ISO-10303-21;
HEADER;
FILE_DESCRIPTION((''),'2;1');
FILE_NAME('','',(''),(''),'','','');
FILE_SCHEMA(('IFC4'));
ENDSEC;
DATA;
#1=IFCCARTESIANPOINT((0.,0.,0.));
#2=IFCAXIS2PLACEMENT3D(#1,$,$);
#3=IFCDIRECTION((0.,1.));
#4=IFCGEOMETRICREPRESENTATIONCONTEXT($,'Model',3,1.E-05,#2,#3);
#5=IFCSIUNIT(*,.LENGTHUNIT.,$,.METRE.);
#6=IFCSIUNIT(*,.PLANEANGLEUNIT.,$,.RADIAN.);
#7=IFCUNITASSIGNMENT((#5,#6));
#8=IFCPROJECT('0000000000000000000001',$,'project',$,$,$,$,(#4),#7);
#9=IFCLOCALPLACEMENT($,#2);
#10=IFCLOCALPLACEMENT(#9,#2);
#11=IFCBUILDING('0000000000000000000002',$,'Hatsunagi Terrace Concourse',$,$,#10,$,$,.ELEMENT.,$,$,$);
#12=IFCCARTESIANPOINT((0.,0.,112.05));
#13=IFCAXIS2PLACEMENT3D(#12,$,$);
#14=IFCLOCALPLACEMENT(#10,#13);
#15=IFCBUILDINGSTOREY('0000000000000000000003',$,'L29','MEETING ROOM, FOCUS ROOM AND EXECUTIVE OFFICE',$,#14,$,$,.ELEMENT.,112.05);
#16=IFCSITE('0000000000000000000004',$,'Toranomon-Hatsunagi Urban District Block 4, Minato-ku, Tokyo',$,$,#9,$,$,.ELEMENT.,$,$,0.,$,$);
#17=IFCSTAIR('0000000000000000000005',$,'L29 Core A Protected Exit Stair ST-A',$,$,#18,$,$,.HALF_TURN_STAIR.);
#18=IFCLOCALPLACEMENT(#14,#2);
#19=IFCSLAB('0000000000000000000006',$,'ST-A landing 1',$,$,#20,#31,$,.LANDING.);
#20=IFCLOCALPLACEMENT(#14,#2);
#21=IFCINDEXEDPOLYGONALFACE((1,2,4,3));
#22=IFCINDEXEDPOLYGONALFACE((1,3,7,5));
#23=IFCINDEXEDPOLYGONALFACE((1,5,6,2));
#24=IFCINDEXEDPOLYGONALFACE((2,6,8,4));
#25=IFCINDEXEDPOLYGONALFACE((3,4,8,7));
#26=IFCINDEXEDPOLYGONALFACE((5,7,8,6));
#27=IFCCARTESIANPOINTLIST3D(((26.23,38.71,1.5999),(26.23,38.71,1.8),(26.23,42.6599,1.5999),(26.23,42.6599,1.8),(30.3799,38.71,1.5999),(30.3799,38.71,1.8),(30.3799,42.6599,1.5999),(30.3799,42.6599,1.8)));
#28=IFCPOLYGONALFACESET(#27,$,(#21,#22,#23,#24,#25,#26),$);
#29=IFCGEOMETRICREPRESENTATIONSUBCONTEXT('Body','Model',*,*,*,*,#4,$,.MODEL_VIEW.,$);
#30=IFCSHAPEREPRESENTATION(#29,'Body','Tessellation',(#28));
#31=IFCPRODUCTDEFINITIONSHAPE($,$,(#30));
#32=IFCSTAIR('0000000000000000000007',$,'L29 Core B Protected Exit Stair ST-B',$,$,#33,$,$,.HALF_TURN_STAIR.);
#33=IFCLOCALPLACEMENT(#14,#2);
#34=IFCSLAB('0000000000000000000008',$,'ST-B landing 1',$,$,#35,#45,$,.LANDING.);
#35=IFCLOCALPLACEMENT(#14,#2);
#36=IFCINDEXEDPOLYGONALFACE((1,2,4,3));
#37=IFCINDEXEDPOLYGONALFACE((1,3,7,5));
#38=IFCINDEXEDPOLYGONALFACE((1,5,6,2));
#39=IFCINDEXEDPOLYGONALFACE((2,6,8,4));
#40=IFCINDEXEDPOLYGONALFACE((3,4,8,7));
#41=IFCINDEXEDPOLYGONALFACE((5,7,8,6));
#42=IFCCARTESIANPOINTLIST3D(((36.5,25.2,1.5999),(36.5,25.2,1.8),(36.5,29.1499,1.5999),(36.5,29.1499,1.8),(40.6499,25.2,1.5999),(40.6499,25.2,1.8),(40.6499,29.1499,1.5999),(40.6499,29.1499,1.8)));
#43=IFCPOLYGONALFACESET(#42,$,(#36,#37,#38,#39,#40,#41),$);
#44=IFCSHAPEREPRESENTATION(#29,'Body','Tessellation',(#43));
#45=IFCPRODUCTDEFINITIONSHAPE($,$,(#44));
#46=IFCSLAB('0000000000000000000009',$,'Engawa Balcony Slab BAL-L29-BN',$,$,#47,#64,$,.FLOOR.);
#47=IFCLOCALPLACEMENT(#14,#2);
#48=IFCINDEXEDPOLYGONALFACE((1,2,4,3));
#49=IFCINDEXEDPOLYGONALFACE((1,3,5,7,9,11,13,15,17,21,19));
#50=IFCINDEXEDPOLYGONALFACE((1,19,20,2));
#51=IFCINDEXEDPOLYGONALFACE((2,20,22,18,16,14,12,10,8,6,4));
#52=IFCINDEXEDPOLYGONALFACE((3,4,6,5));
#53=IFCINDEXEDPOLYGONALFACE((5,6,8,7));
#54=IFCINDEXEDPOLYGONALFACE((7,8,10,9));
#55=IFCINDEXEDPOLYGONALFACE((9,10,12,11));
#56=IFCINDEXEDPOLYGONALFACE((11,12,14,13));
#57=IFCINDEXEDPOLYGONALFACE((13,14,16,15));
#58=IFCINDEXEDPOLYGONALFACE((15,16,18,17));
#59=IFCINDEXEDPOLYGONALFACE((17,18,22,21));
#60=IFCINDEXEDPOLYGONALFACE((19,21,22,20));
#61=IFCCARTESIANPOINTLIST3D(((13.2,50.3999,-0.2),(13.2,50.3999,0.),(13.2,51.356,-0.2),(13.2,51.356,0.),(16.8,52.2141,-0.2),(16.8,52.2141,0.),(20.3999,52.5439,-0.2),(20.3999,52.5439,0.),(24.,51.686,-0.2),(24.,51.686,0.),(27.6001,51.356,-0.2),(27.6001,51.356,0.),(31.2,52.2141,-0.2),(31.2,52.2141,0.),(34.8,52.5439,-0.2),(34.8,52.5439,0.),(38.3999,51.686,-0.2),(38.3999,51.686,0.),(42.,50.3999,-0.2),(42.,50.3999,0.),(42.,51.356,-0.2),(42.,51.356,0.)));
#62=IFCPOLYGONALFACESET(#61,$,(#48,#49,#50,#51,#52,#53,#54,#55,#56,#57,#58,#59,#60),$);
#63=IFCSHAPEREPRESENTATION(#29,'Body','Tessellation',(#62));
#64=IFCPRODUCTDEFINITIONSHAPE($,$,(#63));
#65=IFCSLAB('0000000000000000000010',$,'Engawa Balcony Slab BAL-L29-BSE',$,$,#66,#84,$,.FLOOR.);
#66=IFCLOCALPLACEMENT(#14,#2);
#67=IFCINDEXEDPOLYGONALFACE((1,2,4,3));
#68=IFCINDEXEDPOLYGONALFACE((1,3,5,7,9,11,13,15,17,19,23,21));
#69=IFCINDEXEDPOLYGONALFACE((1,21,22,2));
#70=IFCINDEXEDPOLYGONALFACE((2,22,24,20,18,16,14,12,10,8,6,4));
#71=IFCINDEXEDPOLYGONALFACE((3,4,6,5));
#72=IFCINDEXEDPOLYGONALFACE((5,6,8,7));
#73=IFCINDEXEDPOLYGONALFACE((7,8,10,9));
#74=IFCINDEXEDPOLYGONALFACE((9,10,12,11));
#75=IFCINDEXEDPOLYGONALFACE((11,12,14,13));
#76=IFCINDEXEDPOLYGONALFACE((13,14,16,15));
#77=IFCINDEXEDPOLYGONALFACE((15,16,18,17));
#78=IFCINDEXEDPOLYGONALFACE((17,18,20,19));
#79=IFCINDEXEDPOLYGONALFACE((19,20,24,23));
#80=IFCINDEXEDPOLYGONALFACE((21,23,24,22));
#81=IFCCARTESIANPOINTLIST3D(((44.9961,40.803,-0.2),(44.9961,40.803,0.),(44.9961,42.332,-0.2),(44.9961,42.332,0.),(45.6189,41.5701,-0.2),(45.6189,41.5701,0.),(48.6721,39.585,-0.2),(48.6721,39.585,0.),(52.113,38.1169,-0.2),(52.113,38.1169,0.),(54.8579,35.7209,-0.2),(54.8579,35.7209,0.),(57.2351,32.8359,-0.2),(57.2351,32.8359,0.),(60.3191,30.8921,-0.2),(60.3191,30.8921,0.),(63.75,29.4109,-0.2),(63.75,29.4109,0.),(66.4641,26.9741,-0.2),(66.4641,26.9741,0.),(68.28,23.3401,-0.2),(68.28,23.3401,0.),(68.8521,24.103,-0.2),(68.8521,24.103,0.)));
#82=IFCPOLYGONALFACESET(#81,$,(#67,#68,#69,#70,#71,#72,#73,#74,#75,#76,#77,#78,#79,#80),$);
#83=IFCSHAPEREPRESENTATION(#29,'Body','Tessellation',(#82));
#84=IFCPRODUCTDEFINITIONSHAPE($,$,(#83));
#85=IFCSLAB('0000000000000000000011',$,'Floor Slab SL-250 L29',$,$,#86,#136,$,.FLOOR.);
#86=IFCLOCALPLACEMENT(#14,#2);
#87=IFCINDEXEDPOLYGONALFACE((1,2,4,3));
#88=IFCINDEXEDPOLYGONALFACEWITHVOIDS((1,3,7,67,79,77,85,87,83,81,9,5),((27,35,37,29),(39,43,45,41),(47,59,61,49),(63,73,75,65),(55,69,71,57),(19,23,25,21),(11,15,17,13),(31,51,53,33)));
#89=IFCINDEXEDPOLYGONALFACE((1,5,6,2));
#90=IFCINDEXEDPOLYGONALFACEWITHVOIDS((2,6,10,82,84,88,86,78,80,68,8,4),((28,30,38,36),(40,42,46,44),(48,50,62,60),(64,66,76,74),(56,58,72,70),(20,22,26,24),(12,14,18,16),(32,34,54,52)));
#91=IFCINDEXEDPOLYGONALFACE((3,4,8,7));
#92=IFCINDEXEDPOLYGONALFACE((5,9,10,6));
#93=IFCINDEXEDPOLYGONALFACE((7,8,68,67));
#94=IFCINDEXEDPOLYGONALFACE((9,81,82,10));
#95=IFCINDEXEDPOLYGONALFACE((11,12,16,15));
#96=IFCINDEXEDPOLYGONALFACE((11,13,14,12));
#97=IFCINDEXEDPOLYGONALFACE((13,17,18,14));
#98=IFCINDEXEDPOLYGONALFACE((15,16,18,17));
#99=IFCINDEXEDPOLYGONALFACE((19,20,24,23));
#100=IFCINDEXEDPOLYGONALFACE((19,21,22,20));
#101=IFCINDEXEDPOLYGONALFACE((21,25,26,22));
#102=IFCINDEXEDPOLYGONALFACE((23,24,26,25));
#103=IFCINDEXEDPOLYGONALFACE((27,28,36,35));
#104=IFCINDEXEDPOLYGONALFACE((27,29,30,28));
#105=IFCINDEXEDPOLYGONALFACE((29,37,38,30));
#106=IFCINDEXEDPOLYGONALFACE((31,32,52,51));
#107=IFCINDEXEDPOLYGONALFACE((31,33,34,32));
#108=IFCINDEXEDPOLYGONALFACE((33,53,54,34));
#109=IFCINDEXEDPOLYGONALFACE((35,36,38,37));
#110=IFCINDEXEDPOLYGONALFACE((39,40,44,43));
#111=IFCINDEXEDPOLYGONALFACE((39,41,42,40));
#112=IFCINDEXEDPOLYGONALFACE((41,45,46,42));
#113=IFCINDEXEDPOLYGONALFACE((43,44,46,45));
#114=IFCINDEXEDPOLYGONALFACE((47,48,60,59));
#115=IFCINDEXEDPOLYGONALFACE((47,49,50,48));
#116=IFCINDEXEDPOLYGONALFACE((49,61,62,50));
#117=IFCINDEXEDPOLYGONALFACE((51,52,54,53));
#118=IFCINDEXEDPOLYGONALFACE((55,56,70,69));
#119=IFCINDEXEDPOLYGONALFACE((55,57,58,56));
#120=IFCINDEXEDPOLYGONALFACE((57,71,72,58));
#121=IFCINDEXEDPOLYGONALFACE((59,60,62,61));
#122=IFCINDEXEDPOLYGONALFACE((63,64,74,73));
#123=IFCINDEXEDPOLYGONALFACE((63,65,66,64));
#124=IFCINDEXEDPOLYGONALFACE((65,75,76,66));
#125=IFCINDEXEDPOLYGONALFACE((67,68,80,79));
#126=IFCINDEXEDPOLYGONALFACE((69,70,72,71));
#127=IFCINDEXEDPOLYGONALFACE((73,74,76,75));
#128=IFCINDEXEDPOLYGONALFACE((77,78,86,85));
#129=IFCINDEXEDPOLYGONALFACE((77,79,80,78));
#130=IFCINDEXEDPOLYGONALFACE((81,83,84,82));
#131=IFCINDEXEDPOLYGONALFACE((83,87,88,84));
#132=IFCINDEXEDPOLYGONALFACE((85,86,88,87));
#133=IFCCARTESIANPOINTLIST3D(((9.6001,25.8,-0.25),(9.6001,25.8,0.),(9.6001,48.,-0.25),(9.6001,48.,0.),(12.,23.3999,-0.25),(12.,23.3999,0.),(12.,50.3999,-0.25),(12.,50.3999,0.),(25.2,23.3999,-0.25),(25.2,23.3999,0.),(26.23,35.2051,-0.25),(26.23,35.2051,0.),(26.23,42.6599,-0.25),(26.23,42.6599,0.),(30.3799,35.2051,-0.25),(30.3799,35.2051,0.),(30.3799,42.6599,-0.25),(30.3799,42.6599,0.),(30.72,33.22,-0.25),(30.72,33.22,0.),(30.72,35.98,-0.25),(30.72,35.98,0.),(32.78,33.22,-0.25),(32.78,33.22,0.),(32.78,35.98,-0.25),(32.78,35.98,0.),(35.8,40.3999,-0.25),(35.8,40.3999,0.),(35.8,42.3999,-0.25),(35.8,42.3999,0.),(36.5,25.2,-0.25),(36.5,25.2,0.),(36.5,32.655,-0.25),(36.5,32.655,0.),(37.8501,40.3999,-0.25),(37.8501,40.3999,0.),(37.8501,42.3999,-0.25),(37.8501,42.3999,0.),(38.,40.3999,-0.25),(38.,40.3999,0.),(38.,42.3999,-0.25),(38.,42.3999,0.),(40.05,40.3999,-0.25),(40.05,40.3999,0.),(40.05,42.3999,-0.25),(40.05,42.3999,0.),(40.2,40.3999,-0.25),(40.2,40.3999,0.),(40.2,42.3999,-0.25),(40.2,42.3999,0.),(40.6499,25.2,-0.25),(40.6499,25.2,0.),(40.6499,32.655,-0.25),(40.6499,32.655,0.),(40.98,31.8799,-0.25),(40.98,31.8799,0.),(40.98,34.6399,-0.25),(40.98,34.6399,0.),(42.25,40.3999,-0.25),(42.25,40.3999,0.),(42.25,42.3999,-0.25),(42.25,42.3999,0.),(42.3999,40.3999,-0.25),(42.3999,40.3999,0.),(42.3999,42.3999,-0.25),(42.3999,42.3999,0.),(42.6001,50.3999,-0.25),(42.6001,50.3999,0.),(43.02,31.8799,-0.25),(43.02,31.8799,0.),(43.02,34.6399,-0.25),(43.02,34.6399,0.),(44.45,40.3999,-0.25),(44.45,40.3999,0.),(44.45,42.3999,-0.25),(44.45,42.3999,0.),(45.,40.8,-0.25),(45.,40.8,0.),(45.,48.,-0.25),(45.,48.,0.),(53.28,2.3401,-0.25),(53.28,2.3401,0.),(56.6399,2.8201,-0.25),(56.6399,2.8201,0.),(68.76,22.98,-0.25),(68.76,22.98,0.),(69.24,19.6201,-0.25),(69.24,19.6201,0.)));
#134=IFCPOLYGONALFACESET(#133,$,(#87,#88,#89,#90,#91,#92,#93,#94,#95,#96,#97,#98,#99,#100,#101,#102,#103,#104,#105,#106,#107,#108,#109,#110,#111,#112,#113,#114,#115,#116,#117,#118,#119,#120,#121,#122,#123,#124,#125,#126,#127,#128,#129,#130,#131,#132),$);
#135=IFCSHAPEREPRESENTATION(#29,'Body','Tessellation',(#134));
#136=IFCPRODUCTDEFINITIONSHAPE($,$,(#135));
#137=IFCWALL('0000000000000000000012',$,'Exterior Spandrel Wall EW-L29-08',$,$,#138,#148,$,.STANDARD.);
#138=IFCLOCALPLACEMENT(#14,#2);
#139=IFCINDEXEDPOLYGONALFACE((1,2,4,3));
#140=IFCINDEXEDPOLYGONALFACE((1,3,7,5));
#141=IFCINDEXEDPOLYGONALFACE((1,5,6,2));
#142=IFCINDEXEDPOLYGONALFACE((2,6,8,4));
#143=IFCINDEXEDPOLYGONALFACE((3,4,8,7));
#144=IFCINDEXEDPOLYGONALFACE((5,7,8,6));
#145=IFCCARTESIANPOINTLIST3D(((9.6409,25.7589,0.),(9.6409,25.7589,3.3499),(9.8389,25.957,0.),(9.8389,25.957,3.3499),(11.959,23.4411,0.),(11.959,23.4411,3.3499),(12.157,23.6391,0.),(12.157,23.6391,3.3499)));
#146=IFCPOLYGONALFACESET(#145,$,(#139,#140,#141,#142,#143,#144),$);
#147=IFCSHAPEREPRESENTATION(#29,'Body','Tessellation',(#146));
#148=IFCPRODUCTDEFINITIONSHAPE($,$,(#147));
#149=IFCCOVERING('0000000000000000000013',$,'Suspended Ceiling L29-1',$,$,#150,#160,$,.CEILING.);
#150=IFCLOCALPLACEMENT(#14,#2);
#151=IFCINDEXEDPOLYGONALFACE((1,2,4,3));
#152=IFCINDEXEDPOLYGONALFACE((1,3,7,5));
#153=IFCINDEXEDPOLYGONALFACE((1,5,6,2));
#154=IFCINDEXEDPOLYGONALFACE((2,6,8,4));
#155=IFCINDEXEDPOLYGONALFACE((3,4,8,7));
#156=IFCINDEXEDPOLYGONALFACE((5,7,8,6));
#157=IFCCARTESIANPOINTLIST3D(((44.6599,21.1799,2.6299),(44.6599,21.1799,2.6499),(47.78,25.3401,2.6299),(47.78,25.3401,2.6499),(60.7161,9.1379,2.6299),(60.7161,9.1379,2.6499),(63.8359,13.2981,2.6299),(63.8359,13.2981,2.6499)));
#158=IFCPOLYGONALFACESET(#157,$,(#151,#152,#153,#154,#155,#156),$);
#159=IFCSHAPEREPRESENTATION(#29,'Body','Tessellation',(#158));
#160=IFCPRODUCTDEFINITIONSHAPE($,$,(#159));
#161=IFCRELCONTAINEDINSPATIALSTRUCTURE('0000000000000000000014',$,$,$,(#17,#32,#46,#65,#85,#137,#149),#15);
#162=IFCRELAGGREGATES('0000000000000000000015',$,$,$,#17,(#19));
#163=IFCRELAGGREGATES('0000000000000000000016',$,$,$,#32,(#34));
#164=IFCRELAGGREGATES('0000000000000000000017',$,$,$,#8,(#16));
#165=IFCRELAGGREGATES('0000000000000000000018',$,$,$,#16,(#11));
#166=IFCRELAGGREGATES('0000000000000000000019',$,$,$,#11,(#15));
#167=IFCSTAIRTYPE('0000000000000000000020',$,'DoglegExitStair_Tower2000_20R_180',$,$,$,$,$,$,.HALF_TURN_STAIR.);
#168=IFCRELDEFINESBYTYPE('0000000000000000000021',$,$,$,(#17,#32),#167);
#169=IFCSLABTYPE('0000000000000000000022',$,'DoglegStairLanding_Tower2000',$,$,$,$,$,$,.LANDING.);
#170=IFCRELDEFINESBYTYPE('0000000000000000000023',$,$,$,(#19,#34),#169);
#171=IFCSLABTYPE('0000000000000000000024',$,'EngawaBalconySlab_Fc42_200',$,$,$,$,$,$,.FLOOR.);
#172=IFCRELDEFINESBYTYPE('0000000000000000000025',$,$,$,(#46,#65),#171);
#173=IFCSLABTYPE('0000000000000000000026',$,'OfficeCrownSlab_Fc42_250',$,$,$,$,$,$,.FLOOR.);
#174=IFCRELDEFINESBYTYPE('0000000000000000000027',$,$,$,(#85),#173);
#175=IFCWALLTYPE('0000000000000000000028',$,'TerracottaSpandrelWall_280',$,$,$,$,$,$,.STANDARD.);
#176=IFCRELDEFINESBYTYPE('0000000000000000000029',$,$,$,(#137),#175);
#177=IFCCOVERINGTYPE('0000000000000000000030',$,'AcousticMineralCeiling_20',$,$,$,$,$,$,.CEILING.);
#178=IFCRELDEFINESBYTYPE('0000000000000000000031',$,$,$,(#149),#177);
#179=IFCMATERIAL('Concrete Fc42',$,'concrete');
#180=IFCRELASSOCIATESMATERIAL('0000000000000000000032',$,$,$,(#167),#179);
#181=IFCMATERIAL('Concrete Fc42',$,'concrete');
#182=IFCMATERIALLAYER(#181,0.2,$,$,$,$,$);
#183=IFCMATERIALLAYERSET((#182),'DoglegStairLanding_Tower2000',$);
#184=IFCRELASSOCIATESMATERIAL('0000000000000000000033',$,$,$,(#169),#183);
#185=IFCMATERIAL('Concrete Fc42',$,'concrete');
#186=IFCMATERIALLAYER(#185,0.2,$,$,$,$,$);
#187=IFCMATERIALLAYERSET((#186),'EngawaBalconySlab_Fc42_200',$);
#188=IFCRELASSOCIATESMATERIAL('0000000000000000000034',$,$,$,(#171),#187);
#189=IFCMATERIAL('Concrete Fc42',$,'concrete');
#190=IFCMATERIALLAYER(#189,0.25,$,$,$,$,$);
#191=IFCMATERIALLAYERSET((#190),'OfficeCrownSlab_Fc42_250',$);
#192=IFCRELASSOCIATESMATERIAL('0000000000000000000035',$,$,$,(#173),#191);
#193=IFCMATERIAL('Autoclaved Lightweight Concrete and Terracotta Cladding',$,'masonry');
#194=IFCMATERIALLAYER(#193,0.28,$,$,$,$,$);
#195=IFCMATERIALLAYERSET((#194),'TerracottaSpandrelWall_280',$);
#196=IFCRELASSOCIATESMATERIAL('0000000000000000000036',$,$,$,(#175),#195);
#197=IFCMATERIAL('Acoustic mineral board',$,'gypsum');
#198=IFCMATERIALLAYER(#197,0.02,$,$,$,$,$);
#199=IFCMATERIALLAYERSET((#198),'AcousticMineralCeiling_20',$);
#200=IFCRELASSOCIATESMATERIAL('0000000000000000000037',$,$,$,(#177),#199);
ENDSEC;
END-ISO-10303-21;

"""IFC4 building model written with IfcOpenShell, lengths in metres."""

from ifc_helpers import new_model, si_unit, direction, frame, frame_2d, origin, place, context, subcontext, project, spatial, polyline, rectangle, outline, extrude, material, layer, layer_set, type_object, element, aggregate, save


model = new_model("IFC4")

# Units and contexts
model_context = context("Model", 3, precision=1e-05, world=origin(), true_north=direction((0.0, 1.0)))
body_context = subcontext(model_context, "Body", "Model", "MODEL_VIEW")
ifc_project = project(units=[si_unit("LENGTHUNIT", "METRE"), si_unit("PLANEANGLEUNIT", "RADIAN")], contexts=[model_context])

# Site, building, storey
site_placement = place(None, origin())
site = spatial("IfcSite", under=ifc_project, at=site_placement, Name="Toranomon-Hatsunagi Urban District Block 4, Minato-ku, Tokyo", CompositionType="ELEMENT", RefElevation=0.0)
building_placement = place(site_placement, origin())
building = spatial("IfcBuilding", under=site, at=building_placement, Name="Hatsunagi Terrace Concourse", CompositionType="ELEMENT")
storey_placement = place(building_placement, frame((0.0, 0.0, 112.05)))
storey = spatial("IfcBuildingStorey", under=building, at=storey_placement, Name="L29", Description="MEETING ROOM, FOCUS ROOM AND EXECUTIVE OFFICE", CompositionType="ELEMENT", Elevation=112.05)

# Stairs, slabs
ifc_material_1 = material(Name="Concrete Fc42", Category="concrete")
stair_type = type_object("IfcStairType", Name="DoglegExitStair_Tower2000_20R_180", PredefinedType="HALF_TURN_STAIR", material=ifc_material_1)
stair_1_placement = place(storey_placement, origin())
stair_1 = element("IfcStair", 1, at=stair_1_placement, inside=storey, type_object=stair_type, Name="L29 Core A Protected Exit Stair ST-A", PredefinedType="HALF_TURN_STAIR")
ifc_material_2 = material(Name="Concrete Fc42", Category="concrete")
ifc_layer_1 = layer(ifc_material_2, 0.2)
ifc_layer_set_1 = layer_set([ifc_layer_1], Name="DoglegStairLanding_Tower2000")
slab_type_1 = type_object("IfcSlabType", Name="DoglegStairLanding_Tower2000", PredefinedType="LANDING", material=ifc_layer_set_1)
slab_1_placement = place(storey_placement, frame((0.0, 0.0, 1.5999)))
slab_1 = element("IfcSlab", 2, at=slab_1_placement, type_object=slab_type_1, Name="ST-A landing 1", PredefinedType="LANDING", context=body_context, shape_type="SweptSolid", body=[
    extrude(outline(polyline([(30.3799, 38.71), (30.3799, 42.6599), (26.23, 42.6599), (26.23, 38.71), (30.3799, 38.71)])), origin(), (0.0, 0.0, 1.0), 0.2002),
])
aggregate(stair_1, [slab_1])
stair_2_placement = place(storey_placement, origin())
stair_2 = element("IfcStair", 3, at=stair_2_placement, inside=storey, type_object=stair_type, Name="L29 Core B Protected Exit Stair ST-B", PredefinedType="HALF_TURN_STAIR")
slab_2_placement = place(storey_placement, frame((0.0, 0.0, 1.5999)))
slab_2 = element("IfcSlab", 4, at=slab_2_placement, type_object=slab_type_1, Name="ST-B landing 1", PredefinedType="LANDING", context=body_context, shape_type="SweptSolid", body=[
    extrude(outline(polyline([(36.5, 29.1499), (36.5, 25.2), (40.6499, 25.2), (40.6499, 29.1499), (36.5, 29.1499)])), origin(), (0.0, 0.0, 1.0), 0.2002),
])
aggregate(stair_2, [slab_2])

# Slabs
ifc_material_3 = material(Name="Concrete Fc42", Category="concrete")
ifc_layer_2 = layer(ifc_material_3, 0.2)
ifc_layer_set_2 = layer_set([ifc_layer_2], Name="EngawaBalconySlab_Fc42_200")
slab_type_2 = type_object("IfcSlabType", Name="EngawaBalconySlab_Fc42_200", PredefinedType="FLOOR", material=ifc_layer_set_2)
slab_3_placement = place(storey_placement, frame((0.0, 0.0, -0.2)))
element("IfcSlab", 5, at=slab_3_placement, inside=storey, type_object=slab_type_2, Name="Engawa Balcony Slab BAL-L29-BN", PredefinedType="FLOOR", context=body_context, shape_type="SweptSolid", body=[
    extrude(outline(polyline([(13.2, 51.356), (13.2, 50.3999), (42.0, 50.3999), (42.0, 51.356), (38.3999, 51.686), (34.8, 52.5439), (31.2, 52.2141), (27.6001, 51.356), (24.0, 51.686), (20.3999, 52.5439), (16.8, 52.2141), (13.2, 51.356)])), origin(), (0.0, 0.0, 1.0), 0.2),
])
slab_4_placement = place(storey_placement, frame((0.0, 0.0, -0.2)))
element("IfcSlab", 6, at=slab_4_placement, inside=storey, type_object=slab_type_2, Name="Engawa Balcony Slab BAL-L29-BSE", PredefinedType="FLOOR", context=body_context, shape_type="SweptSolid", body=[
    extrude(outline(polyline([(45.6189, 41.5701), (44.9961, 42.332), (44.9961, 40.803), (68.28, 23.3401), (68.8521, 24.103), (66.4641, 26.9741), (63.75, 29.4109), (60.3191, 30.8921), (57.2351, 32.8359), (54.8579, 35.7209), (52.113, 38.1169), (48.6721, 39.585), (45.6189, 41.5701)])), origin(), (0.0, 0.0, 1.0), 0.2),
])
ifc_material_4 = material(Name="Concrete Fc42", Category="concrete")
ifc_layer_3 = layer(ifc_material_4, 0.25)
ifc_layer_set_3 = layer_set([ifc_layer_3], Name="OfficeCrownSlab_Fc42_250")
slab_type_3 = type_object("IfcSlabType", Name="OfficeCrownSlab_Fc42_250", PredefinedType="FLOOR", material=ifc_layer_set_3)
slab_5_placement = place(storey_placement, frame((0.0, 0.0, -0.25)))
element("IfcSlab", 7, at=slab_5_placement, inside=storey, type_object=slab_type_3, Name="Floor Slab SL-250 L29", PredefinedType="FLOOR", context=body_context, shape_type="SweptSolid", body=[
    extrude(outline(polyline([(45.0, 40.8), (45.0, 48.0), (42.6001, 50.3999), (12.0, 50.3999), (9.6001, 48.0), (9.6001, 25.8), (12.0, 23.3999), (25.2, 23.3999), (53.28, 2.3401), (56.6399, 2.8201), (69.24, 19.6201), (68.76, 22.98), (45.0, 40.8)]), holes=[polyline([(26.23, 35.2051), (30.3799, 35.2051), (30.3799, 42.6599), (26.23, 42.6599), (26.23, 35.2051)]), polyline([(36.5, 25.2), (40.6499, 25.2), (40.6499, 32.655), (36.5, 32.655), (36.5, 25.2)]), polyline([(30.72, 33.22), (32.78, 33.22), (32.78, 35.98), (30.72, 35.98), (30.72, 33.22)]), polyline([(40.98, 31.8799), (43.02, 31.8799), (43.02, 34.6399), (40.98, 34.6399), (40.98, 31.8799)]), polyline([(35.8, 40.3999), (37.8501, 40.3999), (37.8501, 42.3999), (35.8, 42.3999), (35.8, 40.3999)]), polyline([(38.0, 40.3999), (40.05, 40.3999), (40.05, 42.3999), (38.0, 42.3999), (38.0, 40.3999)]), polyline([(40.2, 40.3999), (42.25, 40.3999), (42.25, 42.3999), (40.2, 42.3999), (40.2, 40.3999)]), polyline([(42.3999, 40.3999), (44.45, 40.3999), (44.45, 42.3999), (42.3999, 42.3999), (42.3999, 40.3999)])]), origin(), (0.0, 0.0, 1.0), 0.25),
])

# Wall
ifc_material_5 = material(Name="Autoclaved Lightweight Concrete and Terracotta Cladding", Category="masonry")
ifc_layer_4 = layer(ifc_material_5, 0.28)
ifc_layer_set_4 = layer_set([ifc_layer_4], Name="TerracottaSpandrelWall_280")
wall_type = type_object("IfcWallType", Name="TerracottaSpandrelWall_280", PredefinedType="STANDARD", material=ifc_layer_set_4)
wall_placement = place(storey_placement, frame((12.0581, 23.54, 0.0), z_axis=(0.0, 0.0, 1.0), x_axis=(-0.707144, 0.70707, 0.0)))
element("IfcWall", 8, at=wall_placement, inside=storey, type_object=wall_type, Name="Exterior Spandrel Wall EW-L29-08", PredefinedType="STANDARD", context=body_context, shape_type="SweptSolid", body=[
    extrude(rectangle(XDim=3.2781, YDim=0.28, at=frame_2d((1.6392, 0.0))), origin(), (0.0, 0.0, 1.0), 3.3499),
])

# Covering
ifc_material_6 = material(Name="Acoustic mineral board", Category="gypsum")
ifc_layer_5 = layer(ifc_material_6, 0.02)
ifc_layer_set_5 = layer_set([ifc_layer_5], Name="AcousticMineralCeiling_20")
covering_type_1 = type_object("IfcCoveringType", Name="AcousticMineralCeiling_20", PredefinedType="CEILING", material=ifc_layer_set_5)
covering_1_placement = place(storey_placement, frame((0.0, 0.0, 2.6299)))
element("IfcCovering", 9, at=covering_1_placement, inside=storey, type_object=covering_type_1, Name="Suspended Ceiling L29-1", PredefinedType="CEILING", context=body_context, shape_type="SweptSolid", body=[
    extrude(outline(polyline([(63.8359, 13.2981), (47.78, 25.3401), (44.6599, 21.1799), (60.7161, 9.1379), (63.8359, 13.2981)])), origin(), (0.0, 0.0, 1.0), 0.02),
])

save(model, "model.ifc")
